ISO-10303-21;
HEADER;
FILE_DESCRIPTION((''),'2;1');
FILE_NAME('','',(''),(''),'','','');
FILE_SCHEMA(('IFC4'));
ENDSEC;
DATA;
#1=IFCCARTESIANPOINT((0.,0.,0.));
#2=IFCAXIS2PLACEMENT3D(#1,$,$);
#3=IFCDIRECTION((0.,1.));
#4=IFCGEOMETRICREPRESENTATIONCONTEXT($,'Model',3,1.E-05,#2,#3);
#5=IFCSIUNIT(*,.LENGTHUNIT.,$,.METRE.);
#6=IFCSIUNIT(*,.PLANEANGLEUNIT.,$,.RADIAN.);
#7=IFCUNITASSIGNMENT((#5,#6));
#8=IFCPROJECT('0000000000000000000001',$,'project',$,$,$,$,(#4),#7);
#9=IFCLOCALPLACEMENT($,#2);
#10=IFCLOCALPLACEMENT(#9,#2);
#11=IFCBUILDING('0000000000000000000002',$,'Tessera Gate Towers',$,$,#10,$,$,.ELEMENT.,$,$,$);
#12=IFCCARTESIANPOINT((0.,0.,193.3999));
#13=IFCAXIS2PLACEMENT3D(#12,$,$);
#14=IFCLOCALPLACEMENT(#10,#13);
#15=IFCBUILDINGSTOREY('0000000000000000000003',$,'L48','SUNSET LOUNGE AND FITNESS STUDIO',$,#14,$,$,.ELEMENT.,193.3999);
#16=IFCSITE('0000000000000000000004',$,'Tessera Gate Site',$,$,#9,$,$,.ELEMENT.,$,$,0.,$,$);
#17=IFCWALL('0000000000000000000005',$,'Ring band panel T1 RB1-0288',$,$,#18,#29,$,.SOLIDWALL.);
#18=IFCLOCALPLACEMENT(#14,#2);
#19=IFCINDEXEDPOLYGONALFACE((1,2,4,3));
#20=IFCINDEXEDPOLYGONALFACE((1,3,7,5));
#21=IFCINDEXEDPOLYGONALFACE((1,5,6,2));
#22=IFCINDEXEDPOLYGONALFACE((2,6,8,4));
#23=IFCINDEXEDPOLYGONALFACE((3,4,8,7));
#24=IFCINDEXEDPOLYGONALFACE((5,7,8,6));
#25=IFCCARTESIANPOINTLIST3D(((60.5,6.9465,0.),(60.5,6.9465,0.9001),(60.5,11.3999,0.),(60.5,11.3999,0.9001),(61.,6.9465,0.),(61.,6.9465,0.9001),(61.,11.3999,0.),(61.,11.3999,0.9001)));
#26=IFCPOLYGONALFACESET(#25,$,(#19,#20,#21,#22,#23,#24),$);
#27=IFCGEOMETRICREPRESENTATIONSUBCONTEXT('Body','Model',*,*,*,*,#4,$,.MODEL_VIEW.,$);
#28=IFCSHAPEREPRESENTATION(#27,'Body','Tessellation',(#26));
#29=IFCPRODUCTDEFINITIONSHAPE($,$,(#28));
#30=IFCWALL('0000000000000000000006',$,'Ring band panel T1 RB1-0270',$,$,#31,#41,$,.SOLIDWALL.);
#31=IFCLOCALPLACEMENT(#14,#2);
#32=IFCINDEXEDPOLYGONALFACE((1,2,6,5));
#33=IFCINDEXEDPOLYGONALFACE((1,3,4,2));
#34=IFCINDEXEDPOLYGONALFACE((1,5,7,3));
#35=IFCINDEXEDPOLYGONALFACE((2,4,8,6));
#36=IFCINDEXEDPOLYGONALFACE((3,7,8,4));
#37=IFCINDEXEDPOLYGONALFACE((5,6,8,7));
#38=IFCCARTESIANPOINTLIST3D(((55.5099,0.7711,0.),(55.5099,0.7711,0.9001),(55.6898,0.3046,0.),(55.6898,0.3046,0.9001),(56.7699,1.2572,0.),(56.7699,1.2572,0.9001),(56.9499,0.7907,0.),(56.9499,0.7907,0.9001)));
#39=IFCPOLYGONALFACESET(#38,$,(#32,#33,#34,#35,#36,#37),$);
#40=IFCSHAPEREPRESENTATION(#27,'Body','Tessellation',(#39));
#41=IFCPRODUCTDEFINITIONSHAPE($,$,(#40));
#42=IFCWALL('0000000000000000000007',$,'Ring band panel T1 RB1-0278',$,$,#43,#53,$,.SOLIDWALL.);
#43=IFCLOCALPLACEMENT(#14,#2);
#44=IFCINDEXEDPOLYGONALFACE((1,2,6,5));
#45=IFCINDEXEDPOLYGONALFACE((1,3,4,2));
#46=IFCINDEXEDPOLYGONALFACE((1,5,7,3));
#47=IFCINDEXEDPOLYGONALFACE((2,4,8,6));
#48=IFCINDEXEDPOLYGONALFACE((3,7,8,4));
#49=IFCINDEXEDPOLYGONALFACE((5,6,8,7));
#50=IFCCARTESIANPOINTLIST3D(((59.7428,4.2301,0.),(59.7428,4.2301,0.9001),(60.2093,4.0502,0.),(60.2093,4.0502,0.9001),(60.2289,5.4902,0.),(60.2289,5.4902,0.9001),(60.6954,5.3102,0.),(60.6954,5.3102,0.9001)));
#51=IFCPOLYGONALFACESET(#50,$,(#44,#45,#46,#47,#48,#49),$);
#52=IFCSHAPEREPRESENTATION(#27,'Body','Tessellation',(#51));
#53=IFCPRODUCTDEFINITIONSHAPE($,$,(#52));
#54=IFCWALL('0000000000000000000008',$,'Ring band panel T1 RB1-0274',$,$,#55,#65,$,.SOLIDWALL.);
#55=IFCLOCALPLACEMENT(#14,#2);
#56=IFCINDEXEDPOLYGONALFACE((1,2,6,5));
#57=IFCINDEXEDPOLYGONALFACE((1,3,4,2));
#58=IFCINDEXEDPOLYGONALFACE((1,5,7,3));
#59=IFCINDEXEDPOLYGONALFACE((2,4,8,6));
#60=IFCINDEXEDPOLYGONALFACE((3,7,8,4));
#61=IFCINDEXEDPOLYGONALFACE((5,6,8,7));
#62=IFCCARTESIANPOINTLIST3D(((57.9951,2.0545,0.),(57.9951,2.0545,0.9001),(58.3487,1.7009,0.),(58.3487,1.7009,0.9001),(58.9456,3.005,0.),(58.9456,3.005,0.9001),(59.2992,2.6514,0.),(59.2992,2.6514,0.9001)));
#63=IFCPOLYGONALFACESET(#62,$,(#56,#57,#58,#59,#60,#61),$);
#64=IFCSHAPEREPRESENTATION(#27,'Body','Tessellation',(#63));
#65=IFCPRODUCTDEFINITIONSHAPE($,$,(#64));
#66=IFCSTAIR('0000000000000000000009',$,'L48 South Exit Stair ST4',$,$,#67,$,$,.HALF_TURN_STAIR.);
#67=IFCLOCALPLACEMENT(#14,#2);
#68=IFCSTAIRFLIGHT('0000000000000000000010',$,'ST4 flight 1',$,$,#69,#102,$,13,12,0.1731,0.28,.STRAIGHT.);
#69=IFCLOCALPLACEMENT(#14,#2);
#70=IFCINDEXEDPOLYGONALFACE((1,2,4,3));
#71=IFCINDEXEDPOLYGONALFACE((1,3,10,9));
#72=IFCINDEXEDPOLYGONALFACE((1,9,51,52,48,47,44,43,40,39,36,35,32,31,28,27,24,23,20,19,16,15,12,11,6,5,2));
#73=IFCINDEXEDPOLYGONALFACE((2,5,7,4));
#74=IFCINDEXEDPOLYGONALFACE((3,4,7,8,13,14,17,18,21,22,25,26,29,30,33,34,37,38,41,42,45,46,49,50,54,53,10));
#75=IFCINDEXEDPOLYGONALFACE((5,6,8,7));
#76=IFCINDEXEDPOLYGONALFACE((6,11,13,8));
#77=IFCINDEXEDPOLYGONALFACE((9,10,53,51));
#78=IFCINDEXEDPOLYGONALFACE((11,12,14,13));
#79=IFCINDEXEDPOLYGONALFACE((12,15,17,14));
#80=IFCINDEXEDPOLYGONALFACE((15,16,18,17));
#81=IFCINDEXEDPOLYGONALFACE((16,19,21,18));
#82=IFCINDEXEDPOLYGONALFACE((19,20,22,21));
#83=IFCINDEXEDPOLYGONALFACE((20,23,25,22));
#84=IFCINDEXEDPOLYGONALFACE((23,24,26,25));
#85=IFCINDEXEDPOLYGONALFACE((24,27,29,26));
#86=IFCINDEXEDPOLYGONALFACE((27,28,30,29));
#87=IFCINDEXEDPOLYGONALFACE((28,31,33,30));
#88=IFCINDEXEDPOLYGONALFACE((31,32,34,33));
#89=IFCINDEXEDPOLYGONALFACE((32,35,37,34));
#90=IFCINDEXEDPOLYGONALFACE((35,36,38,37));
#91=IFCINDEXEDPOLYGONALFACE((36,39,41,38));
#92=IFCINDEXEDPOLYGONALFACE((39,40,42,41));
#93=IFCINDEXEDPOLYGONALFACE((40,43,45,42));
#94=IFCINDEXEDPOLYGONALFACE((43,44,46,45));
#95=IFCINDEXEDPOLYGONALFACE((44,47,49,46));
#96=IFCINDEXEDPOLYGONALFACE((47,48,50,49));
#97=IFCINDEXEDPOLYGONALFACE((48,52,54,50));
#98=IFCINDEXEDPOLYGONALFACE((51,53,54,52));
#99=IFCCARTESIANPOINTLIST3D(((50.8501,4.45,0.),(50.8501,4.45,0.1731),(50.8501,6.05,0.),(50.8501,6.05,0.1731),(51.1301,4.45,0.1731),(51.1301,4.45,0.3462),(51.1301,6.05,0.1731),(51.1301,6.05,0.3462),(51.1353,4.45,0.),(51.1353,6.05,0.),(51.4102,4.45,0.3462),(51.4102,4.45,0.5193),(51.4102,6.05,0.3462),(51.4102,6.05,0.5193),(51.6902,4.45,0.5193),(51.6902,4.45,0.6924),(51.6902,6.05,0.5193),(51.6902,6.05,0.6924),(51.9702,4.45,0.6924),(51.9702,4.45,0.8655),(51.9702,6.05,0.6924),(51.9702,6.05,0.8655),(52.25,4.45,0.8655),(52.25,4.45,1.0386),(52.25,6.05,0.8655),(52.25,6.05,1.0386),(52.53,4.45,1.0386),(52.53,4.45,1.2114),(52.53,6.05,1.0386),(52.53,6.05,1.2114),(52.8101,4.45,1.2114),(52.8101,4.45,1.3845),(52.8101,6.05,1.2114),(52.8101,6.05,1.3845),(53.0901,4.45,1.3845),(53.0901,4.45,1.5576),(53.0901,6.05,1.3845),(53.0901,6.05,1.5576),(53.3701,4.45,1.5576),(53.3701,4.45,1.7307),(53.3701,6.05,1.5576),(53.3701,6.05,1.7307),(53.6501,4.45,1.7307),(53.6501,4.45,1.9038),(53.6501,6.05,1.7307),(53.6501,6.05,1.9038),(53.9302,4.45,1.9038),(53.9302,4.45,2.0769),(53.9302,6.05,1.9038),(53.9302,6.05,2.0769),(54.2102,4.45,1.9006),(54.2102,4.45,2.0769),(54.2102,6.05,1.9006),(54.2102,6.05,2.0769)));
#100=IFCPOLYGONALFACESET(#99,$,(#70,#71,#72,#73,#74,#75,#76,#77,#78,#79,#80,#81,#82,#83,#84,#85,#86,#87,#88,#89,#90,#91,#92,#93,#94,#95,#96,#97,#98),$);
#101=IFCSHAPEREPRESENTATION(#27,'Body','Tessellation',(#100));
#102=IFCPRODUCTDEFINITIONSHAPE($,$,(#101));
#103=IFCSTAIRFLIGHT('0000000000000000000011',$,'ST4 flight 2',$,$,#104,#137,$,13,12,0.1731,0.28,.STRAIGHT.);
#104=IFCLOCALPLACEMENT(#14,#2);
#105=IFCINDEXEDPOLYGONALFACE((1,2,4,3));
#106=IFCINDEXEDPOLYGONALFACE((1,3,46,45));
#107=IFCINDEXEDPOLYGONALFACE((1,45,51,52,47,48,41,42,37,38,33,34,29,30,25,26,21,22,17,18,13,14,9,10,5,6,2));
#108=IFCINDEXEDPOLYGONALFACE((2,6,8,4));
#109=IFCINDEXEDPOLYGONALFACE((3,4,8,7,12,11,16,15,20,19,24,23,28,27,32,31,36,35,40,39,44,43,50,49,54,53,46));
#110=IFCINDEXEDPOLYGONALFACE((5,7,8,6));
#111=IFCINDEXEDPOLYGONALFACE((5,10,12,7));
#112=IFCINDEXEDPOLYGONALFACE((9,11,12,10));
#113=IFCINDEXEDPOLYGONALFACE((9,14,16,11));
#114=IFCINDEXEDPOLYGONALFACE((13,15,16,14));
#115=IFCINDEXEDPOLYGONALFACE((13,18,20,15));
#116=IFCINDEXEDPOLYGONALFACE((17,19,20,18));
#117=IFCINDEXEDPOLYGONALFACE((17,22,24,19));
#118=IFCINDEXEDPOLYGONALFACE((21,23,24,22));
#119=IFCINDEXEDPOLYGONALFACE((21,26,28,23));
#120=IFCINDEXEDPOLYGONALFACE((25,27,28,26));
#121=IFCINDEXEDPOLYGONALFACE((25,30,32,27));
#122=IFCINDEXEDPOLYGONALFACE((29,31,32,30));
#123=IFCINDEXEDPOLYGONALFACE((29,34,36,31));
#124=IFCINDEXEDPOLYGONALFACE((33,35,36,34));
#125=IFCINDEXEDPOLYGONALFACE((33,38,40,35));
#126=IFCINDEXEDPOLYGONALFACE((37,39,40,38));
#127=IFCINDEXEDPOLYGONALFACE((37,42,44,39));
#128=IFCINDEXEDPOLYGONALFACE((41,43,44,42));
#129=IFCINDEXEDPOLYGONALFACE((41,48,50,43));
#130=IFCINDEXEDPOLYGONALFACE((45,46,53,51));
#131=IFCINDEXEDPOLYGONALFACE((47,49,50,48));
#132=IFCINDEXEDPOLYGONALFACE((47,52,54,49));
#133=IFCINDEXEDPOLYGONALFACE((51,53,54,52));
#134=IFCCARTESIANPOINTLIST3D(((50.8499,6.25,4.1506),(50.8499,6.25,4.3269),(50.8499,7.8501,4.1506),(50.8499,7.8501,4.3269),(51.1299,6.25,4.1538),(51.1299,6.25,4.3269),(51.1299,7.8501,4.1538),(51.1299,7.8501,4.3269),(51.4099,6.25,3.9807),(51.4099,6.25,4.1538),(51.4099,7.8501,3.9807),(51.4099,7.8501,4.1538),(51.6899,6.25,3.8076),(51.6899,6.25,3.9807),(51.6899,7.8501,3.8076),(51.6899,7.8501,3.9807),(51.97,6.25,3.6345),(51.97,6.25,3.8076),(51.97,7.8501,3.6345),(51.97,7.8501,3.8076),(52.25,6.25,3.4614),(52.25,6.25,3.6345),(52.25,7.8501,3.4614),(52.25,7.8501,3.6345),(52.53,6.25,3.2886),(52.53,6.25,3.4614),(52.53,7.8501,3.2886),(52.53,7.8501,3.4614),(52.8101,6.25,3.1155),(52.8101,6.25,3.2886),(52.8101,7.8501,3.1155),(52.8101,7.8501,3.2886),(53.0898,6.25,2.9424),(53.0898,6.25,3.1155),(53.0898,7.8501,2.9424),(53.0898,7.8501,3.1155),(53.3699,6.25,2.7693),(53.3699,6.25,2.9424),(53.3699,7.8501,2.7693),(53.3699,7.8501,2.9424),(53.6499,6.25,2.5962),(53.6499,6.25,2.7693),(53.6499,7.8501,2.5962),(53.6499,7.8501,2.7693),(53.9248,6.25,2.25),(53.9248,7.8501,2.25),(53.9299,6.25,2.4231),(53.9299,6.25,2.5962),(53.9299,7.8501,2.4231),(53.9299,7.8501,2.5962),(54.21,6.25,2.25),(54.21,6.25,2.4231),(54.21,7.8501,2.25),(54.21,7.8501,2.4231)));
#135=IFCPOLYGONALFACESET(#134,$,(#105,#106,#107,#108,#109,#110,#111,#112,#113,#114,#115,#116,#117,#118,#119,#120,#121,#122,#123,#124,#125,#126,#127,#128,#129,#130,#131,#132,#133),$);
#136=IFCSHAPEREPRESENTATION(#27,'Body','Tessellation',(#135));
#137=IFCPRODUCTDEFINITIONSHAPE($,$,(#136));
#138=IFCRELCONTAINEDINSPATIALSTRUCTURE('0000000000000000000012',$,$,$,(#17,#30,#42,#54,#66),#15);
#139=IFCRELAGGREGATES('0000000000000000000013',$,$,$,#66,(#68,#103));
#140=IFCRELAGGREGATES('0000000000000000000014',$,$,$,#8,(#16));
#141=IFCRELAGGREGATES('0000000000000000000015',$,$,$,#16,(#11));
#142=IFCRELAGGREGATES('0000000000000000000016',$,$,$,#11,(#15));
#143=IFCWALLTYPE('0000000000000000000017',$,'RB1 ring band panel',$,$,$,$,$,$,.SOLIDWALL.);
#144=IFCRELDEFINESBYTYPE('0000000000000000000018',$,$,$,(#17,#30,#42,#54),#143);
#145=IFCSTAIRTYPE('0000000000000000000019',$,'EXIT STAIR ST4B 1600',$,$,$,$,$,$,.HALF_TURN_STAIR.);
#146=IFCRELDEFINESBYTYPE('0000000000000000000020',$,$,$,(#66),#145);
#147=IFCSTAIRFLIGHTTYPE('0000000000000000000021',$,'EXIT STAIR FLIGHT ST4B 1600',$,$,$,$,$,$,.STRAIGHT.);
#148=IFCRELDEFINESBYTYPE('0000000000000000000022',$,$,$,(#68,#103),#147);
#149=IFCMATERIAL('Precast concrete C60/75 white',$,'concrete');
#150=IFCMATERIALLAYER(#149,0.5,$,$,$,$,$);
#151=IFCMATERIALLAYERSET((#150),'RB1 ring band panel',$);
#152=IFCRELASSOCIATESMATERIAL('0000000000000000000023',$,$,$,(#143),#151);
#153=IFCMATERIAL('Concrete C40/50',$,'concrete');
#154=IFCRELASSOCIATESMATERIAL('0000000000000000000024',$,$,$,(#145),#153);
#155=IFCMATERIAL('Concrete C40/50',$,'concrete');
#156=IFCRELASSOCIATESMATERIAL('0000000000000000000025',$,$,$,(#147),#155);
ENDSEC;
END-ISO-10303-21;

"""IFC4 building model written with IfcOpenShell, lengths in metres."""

from ifc_helpers import new_model, si_unit, direction, frame, origin, place, context, subcontext, project, spatial, polyline, outline, extrude, source, transform, mapped, material, layer, layer_set, type_object, element, aggregate, save


model = new_model("IFC4")

# Units and contexts
model_context = context("Model", 3, precision=1e-05, world=origin(), true_north=direction((0.0, 1.0)))
body_context = subcontext(model_context, "Body", "Model", "MODEL_VIEW")
ifc_project = project(units=[si_unit("LENGTHUNIT", "METRE"), si_unit("PLANEANGLEUNIT", "RADIAN")], contexts=[model_context])

# Site, building, storey
site_placement = place(None, origin())
site = spatial("IfcSite", under=ifc_project, at=site_placement, Name="Tessera Gate Site", CompositionType="ELEMENT", RefElevation=0.0)
building_placement = place(site_placement, origin())
building = spatial("IfcBuilding", under=site, at=building_placement, Name="Tessera Gate Towers", CompositionType="ELEMENT")
storey_placement = place(building_placement, frame((0.0, 0.0, 193.3999)))
storey = spatial("IfcBuildingStorey", under=building, at=storey_placement, Name="L48", Description="SUNSET LOUNGE AND FITNESS STUDIO", CompositionType="ELEMENT", Elevation=193.3999)

# Walls
ifc_material_1 = material(Name="Precast concrete C60/75 white", Category="concrete")
ifc_layer_1 = layer(ifc_material_1, 0.5)
ifc_layer_set_1 = layer_set([ifc_layer_1], Name="RB1 ring band panel")
wall_type_1 = type_object("IfcWallType", Name="RB1 ring band panel", PredefinedType="SOLIDWALL", material=ifc_layer_set_1)
shared_shape_1 = source(origin(), body_context, "Body", "SweptSolid", [
    extrude(outline(polyline([(0.0, 0.0), (4.4534, 0.0), (4.4534, 0.9001), (0.0, 0.9001), (0.0, 0.0)])), frame((0.0, 0.25, 0.0), z_axis=(0.0, -1.0, 0.0), x_axis=(1.0, 0.0, 0.0)), (0.0, 0.0, 1.0), 0.5),
])
wall_1_placement = place(storey_placement, frame((60.75, 6.9465, 0.0), z_axis=(0.0, 0.0, 1.0), x_axis=(0.0, 1.0, 0.0)))
element("IfcWall", 1, at=wall_1_placement, inside=storey, type_object=wall_type_1, Name="Ring band panel T1 RB1-0288", PredefinedType="SOLIDWALL", context=body_context, shape_type="MappedRepresentation", body=[
    mapped(shared_shape_1, transform((0.0, 0.0, 0.0), scale=1.0)),
])
shared_shape_2 = source(origin(), body_context, "Body", "SweptSolid", [
    extrude(outline(polyline([(0.0, 0.0), (1.3506, 0.0), (1.3506, 0.9001), (0.0, 0.9001), (0.0, 0.0)])), frame((0.0, 0.25, 0.0), z_axis=(0.0, -1.0, 0.0), x_axis=(1.0, 0.0, 0.0)), (0.0, 0.0, 1.0), 0.5),
])
for number, where, z_axis, x_axis, name in (
    (2, (55.5999, 0.5378, 0.0), (0.0, 0.0, 1.0), (0.932982, 0.359924, 0.0), "Ring band panel T1 RB1-0270"),
    (3, (59.9761, 4.1401, 0.0), (0.0, 0.0, 1.0), (0.359924, 0.932982, 0.0), "Ring band panel T1 RB1-0278"),
):
    element("IfcWall", number, at=place(storey_placement, frame(where, z_axis=z_axis, x_axis=x_axis)), inside=storey, type_object=wall_type_1, Name=name, PredefinedType="SOLIDWALL", context=body_context, shape_type="MappedRepresentation", body=[
        mapped(shared_shape_2, transform((0.0, 0.0, 0.0), scale=1.0)),
    ])
shared_shape_3 = source(origin(), body_context, "Body", "SweptSolid", [
    extrude(outline(polyline([(0.0, 0.0), (1.3442, 0.0), (1.3442, 0.9001), (0.0, 0.9001), (0.0, 0.0)])), frame((0.0, 0.25, 0.0), z_axis=(0.0, -1.0, 0.0), x_axis=(1.0, 0.0, 0.0)), (0.0, 0.0, 1.0), 0.5),
])
wall_2_placement = place(storey_placement, frame((58.1719, 1.8777, 0.0), z_axis=(0.0, 0.0, 1.0), x_axis=(0.707107, 0.707107, 0.0)))
element("IfcWall", 4, at=wall_2_placement, inside=storey, type_object=wall_type_1, Name="Ring band panel T1 RB1-0274", PredefinedType="SOLIDWALL", context=body_context, shape_type="MappedRepresentation", body=[
    mapped(shared_shape_3, transform((0.0, 0.0, 0.0), scale=1.0)),
])

# Stair, stair flights
ifc_material_2 = material(Name="Concrete C40/50", Category="concrete")
stair_type = type_object("IfcStairType", Name="EXIT STAIR ST4B 1600", PredefinedType="HALF_TURN_STAIR", material=ifc_material_2)
stair_placement = place(storey_placement, origin())
stair = element("IfcStair", 5, at=stair_placement, inside=storey, type_object=stair_type, Name="L48 South Exit Stair ST4", PredefinedType="HALF_TURN_STAIR")
ifc_material_3 = material(Name="Concrete C40/50", Category="concrete")
stair_flight_type = type_object("IfcStairFlightType", Name="EXIT STAIR FLIGHT ST4B 1600", PredefinedType="STRAIGHT", material=ifc_material_3)
stair_flight_1_placement = place(storey_placement, frame((50.8501, 5.25, 0.0), z_axis=(0.0, 0.0, 1.0), x_axis=(1.0, 0.0, 0.0)))
stair_flight_1 = element("IfcStairFlight", 6, at=stair_flight_1_placement, type_object=stair_flight_type, Name="ST4 flight 1", NumberOfRisers=13, NumberOfTreads=12, PredefinedType="STRAIGHT", RiserHeight=0.1731, TreadLength=0.28, context=body_context, shape_type="SweptSolid", body=[
    extrude(outline(polyline([(0.0, 0.0), (0.0, 0.1731), (0.28, 0.1731), (0.28, 0.3462), (0.5601, 0.3462), (0.5601, 0.5193), (0.8401, 0.5193), (0.8401, 0.6924), (1.1201, 0.6924), (1.1201, 0.8655), (1.3999, 0.8655), (1.3999, 1.0386), (1.6799, 1.0386), (1.6799, 1.2114), (1.96, 1.2114), (1.96, 1.3845), (2.24, 1.3845), (2.24, 1.5576), (2.52, 1.5576), (2.52, 1.7307), (2.8, 1.7307), (2.8, 1.9038), (3.0801, 1.9038), (3.0801, 2.0769), (3.3601, 2.0769), (3.3601, 2.25), (3.3601, 1.9006), (0.2852, 0.0), (0.0, 0.0)])), frame((0.0, 0.8, 0.0), z_axis=(0.0, -1.0, 0.0), x_axis=(1.0, 0.0, 0.0)), (0.0, 0.0, 1.0), 1.6001),
])
stair_flight_2_placement = place(storey_placement, frame((54.21, 7.05, 2.25), z_axis=(0.0, 0.0, 1.0), x_axis=(-1.0, 0.0, 0.0)))
stair_flight_2 = element("IfcStairFlight", 7, at=stair_flight_2_placement, type_object=stair_flight_type, Name="ST4 flight 2", NumberOfRisers=13, NumberOfTreads=12, PredefinedType="STRAIGHT", RiserHeight=0.1731, TreadLength=0.28, context=body_context, shape_type="SweptSolid", body=[
    extrude(outline(polyline([(0.0, 0.0), (0.0, 0.1731), (0.28, 0.1731), (0.28, 0.3462), (0.5601, 0.3462), (0.5601, 0.5193), (0.8401, 0.5193), (0.8401, 0.6924), (1.1201, 0.6924), (1.1201, 0.8655), (1.3999, 0.8655), (1.3999, 1.0386), (1.6799, 1.0386), (1.6799, 1.2114), (1.96, 1.2114), (1.96, 1.3845), (2.24, 1.3845), (2.24, 1.5576), (2.52, 1.5576), (2.52, 1.7307), (2.8, 1.7307), (2.8, 1.9038), (3.0801, 1.9038), (3.0801, 2.0769), (3.3601, 2.0769), (3.3601, 2.25), (3.3601, 1.9006), (0.2852, 0.0), (0.0, 0.0)])), frame((0.0, 0.8, 0.0), z_axis=(0.0, -1.0, 0.0), x_axis=(1.0, 0.0, 0.0)), (0.0, 0.0, 1.0), 1.6001),
])
aggregate(stair, [stair_flight_1, stair_flight_2])

save(model, "model.ifc")
